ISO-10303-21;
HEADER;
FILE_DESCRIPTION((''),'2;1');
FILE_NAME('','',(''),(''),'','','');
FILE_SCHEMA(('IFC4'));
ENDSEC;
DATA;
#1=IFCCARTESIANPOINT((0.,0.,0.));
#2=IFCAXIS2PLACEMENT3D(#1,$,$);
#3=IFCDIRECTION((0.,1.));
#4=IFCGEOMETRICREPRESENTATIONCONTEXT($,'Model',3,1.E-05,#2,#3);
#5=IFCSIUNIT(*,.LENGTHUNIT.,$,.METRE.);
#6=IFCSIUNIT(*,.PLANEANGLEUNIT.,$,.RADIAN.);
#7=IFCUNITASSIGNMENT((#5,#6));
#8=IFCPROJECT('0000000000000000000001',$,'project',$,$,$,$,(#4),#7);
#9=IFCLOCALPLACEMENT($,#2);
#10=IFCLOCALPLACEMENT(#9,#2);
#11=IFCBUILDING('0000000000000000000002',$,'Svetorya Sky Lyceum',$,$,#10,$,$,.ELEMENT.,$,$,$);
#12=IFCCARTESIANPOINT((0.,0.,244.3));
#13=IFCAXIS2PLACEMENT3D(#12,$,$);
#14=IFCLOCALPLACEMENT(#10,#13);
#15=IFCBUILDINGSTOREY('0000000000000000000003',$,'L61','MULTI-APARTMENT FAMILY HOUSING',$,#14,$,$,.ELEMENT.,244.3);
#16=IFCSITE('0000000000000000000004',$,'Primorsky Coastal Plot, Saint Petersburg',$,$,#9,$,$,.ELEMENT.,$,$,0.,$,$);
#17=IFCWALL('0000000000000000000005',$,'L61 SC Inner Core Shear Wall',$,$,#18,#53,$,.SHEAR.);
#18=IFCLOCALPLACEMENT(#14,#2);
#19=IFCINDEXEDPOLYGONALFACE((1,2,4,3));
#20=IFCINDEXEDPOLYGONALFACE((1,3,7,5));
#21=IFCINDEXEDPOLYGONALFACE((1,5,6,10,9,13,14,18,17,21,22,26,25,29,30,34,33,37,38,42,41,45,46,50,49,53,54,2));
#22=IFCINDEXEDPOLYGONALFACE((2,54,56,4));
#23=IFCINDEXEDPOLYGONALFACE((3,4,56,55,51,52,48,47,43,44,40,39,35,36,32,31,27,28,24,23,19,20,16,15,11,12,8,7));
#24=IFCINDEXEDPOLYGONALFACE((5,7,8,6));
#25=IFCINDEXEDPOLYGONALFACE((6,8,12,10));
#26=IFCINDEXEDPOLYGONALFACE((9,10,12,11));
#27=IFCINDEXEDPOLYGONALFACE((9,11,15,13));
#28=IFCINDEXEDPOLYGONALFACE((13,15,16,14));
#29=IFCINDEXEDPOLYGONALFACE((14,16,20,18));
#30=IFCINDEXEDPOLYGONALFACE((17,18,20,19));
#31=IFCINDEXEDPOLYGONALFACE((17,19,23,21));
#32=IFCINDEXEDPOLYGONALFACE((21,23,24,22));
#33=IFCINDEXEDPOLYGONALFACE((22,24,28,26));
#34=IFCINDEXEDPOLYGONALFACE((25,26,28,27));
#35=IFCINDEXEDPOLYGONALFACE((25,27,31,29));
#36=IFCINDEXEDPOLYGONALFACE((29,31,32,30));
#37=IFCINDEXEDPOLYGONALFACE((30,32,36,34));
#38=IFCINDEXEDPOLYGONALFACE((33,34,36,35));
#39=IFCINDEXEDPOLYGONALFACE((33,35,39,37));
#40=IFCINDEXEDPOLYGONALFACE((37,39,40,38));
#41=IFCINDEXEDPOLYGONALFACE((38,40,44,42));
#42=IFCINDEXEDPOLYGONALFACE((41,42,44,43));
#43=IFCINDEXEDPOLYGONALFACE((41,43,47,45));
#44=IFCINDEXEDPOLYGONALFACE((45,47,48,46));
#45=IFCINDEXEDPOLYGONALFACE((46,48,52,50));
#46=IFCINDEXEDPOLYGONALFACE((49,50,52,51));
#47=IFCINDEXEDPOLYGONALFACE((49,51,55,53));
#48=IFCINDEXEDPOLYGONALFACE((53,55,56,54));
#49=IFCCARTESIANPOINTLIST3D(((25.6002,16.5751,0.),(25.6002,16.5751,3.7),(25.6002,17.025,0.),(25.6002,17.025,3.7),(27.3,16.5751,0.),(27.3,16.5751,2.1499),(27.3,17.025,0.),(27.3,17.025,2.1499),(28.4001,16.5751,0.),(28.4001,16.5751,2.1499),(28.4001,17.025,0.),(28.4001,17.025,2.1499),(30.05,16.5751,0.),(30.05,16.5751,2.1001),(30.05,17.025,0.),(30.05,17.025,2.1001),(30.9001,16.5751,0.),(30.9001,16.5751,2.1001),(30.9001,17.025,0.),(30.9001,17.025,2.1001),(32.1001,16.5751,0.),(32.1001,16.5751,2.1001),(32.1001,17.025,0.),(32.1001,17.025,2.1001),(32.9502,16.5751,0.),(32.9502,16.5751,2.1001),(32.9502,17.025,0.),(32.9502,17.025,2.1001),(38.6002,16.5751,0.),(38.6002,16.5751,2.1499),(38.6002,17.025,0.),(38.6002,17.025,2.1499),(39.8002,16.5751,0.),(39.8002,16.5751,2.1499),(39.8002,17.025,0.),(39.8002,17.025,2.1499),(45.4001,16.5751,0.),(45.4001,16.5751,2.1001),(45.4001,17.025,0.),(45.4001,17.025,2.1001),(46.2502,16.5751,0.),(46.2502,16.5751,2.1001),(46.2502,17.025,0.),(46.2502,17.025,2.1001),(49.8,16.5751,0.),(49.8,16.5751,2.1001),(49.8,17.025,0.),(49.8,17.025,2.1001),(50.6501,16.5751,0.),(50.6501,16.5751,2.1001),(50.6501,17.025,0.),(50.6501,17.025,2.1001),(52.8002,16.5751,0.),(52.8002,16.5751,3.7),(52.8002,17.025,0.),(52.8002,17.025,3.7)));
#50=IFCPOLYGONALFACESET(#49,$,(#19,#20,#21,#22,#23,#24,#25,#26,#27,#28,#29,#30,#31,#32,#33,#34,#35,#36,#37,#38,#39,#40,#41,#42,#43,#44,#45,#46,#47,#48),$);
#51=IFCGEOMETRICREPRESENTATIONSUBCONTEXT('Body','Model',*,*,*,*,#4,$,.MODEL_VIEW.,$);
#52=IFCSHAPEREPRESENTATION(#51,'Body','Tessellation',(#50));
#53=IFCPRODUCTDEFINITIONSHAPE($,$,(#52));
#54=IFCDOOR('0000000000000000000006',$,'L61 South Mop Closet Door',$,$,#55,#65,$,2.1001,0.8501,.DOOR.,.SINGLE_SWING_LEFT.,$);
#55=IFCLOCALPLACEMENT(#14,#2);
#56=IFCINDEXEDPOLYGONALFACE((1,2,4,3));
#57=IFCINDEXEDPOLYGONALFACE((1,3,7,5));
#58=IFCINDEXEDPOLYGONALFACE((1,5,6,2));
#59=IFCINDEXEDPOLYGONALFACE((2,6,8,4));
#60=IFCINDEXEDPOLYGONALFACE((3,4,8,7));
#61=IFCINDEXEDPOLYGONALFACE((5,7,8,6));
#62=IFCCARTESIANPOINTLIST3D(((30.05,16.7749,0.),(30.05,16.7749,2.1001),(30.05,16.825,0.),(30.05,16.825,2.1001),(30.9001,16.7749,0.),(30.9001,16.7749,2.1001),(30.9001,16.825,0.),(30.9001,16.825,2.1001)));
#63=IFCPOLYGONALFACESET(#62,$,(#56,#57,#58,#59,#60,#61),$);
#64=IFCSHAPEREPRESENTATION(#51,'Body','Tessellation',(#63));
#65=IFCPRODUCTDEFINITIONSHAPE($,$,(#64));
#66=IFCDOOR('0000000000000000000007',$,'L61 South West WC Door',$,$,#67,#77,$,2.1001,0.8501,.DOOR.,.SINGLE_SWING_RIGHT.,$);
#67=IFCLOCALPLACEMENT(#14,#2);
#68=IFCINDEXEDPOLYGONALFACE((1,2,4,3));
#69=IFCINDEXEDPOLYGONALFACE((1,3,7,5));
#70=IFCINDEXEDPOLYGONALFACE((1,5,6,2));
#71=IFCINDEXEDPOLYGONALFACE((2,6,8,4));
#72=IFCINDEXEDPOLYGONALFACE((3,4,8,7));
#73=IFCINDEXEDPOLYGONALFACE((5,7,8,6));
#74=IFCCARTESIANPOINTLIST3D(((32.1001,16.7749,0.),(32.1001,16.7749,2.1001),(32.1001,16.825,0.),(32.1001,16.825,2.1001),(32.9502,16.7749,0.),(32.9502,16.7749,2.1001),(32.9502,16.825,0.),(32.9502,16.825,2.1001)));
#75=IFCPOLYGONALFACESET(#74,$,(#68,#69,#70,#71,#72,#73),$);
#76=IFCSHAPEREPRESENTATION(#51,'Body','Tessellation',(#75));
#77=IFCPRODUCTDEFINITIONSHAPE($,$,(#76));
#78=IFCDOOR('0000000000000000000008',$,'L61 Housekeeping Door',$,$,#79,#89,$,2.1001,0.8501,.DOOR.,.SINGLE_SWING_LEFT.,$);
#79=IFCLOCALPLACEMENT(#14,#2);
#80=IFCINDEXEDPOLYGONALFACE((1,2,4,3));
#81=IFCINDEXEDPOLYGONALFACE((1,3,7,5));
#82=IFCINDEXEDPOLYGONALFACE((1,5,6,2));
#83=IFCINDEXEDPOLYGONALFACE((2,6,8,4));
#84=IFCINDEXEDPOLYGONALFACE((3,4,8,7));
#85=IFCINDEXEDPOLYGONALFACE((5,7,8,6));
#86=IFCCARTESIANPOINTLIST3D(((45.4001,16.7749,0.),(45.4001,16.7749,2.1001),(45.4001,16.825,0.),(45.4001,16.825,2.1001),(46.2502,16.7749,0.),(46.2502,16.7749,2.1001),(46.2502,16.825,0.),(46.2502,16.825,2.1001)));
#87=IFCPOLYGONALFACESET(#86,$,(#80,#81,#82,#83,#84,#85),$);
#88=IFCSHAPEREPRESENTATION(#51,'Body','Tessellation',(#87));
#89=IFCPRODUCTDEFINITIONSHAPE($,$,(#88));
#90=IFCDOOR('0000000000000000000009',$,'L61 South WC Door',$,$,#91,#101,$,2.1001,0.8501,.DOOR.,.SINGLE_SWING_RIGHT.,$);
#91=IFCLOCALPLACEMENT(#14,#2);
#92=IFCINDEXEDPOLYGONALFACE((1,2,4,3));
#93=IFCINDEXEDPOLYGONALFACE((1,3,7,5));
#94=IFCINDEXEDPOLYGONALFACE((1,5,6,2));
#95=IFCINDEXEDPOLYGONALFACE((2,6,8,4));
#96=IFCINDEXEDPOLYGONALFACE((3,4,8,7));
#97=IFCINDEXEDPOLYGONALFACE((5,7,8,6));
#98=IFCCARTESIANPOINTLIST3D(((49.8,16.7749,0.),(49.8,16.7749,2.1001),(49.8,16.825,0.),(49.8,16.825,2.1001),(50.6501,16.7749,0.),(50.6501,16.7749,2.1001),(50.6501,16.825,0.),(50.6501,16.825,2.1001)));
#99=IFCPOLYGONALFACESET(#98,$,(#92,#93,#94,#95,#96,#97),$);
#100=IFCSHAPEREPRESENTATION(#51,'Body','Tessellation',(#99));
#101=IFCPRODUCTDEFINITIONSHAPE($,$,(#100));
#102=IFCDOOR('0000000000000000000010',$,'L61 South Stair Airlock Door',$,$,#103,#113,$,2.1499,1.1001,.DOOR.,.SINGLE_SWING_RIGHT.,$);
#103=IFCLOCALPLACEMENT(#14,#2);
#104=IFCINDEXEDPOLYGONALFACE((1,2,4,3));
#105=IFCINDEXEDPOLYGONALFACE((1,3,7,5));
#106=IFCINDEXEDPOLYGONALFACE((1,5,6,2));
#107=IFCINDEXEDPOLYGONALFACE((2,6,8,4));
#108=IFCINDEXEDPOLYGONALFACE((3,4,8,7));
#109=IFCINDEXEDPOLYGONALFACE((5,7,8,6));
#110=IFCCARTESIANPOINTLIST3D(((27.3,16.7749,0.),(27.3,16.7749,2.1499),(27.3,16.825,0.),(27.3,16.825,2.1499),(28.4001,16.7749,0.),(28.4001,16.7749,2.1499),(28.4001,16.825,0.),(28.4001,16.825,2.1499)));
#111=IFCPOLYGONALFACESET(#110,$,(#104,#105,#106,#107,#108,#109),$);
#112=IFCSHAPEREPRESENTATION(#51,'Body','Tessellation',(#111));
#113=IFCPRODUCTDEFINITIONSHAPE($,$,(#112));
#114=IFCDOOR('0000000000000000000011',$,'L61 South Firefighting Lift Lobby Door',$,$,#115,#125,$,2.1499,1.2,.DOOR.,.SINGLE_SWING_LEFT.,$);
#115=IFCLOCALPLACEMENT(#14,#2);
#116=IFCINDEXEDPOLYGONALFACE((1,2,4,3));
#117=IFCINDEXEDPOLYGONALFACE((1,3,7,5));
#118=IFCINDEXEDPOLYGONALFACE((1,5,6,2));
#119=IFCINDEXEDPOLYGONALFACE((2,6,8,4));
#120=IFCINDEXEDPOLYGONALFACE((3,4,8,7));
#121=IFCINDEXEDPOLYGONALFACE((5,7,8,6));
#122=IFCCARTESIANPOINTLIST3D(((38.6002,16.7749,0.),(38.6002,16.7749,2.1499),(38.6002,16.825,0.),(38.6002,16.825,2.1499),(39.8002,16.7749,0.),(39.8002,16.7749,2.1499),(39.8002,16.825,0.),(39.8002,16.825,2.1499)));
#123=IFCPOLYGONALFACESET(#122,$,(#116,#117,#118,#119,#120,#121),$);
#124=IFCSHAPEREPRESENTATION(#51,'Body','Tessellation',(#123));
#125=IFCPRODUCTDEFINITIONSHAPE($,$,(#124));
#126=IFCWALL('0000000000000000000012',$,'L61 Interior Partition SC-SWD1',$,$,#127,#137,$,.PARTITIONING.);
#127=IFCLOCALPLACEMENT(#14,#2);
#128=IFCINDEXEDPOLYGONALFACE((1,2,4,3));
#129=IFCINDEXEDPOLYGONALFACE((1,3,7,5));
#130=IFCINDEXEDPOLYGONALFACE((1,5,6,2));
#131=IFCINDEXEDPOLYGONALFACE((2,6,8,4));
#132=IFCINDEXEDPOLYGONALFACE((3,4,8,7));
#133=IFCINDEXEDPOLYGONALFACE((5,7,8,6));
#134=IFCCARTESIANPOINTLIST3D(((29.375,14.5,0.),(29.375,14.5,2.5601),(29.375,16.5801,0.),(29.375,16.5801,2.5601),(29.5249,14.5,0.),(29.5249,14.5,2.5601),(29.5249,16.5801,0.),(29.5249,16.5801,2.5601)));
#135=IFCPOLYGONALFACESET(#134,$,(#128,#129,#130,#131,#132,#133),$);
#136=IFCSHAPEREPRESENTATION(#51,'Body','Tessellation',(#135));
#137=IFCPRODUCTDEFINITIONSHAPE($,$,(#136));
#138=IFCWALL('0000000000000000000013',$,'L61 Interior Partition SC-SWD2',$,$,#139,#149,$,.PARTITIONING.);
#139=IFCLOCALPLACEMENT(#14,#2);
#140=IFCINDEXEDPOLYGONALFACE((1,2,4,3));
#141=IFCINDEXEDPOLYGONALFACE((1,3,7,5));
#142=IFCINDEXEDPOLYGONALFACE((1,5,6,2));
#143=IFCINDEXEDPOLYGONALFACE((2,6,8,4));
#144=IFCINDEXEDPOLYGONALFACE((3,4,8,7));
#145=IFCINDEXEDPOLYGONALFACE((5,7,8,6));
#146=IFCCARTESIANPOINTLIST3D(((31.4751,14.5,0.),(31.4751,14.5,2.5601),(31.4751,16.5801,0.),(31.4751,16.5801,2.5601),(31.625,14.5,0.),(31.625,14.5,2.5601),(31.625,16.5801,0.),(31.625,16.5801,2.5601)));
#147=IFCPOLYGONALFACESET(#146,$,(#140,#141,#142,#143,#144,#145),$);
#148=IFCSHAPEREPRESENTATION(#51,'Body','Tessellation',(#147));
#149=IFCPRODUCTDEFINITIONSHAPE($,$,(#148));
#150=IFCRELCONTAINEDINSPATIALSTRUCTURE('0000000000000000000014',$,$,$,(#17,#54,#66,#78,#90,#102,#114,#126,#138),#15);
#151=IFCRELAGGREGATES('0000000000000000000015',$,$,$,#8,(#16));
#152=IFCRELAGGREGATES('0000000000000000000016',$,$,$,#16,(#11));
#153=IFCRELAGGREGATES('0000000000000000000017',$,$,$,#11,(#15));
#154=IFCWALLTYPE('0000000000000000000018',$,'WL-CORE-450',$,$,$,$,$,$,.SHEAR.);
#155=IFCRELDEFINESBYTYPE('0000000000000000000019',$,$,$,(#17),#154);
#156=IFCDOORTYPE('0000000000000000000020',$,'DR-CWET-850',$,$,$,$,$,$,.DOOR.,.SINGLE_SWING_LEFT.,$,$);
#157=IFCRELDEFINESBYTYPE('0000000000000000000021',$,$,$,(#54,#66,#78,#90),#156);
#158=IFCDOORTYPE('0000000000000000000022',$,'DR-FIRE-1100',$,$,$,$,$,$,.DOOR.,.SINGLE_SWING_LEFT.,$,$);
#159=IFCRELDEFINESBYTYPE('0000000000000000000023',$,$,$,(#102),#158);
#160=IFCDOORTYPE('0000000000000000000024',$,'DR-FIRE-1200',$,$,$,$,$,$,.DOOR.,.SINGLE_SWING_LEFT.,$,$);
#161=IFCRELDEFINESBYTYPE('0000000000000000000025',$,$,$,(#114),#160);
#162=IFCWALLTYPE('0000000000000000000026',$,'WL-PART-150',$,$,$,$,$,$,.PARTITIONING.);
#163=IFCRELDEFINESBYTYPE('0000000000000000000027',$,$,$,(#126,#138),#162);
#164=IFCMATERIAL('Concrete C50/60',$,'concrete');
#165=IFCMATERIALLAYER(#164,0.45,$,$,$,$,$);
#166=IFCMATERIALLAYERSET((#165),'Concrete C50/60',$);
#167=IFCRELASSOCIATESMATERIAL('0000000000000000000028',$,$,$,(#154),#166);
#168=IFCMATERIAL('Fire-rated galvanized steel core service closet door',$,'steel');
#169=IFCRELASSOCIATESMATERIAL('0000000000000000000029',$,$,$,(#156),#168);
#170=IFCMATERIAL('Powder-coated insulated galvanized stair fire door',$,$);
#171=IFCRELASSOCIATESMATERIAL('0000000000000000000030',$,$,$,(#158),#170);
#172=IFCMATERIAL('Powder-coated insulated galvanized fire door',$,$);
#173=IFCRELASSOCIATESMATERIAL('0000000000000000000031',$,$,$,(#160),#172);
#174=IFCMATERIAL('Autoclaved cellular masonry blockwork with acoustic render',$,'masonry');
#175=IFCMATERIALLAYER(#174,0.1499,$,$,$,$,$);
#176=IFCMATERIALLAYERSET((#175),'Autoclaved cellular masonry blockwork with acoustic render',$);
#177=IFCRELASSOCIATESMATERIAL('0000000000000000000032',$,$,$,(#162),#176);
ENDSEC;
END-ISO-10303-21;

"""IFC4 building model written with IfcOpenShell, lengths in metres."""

from ifc_helpers import new_model, si_unit, direction, frame, frame_2d, origin, place, context, subcontext, project, spatial, rectangle, extrude, material, layer, layer_set, type_object, element, fill, save


model = new_model("IFC4")

# Units and contexts
model_context = context("Model", 3, precision=1e-05, world=origin(), true_north=direction((0.0, 1.0)))
body_context = subcontext(model_context, "Body", "Model", "MODEL_VIEW")
ifc_project = project(units=[si_unit("LENGTHUNIT", "METRE"), si_unit("PLANEANGLEUNIT", "RADIAN")], contexts=[model_context])

# Site, building, storey
site_placement = place(None, origin())
site = spatial("IfcSite", under=ifc_project, at=site_placement, Name="Primorsky Coastal Plot, Saint Petersburg", CompositionType="ELEMENT", RefElevation=0.0)
building_placement = place(site_placement, origin())
building = spatial("IfcBuilding", under=site, at=building_placement, Name="Svetorya Sky Lyceum", CompositionType="ELEMENT")
storey_placement = place(building_placement, frame((0.0, 0.0, 244.3)))
storey = spatial("IfcBuildingStorey", under=building, at=storey_placement, Name="L61", Description="MULTI-APARTMENT FAMILY HOUSING", CompositionType="ELEMENT", Elevation=244.3)

# Shared definitions
ifc_material_1 = material(Name="Concrete C50/60", Category="concrete")

# Wall, openings, doors
ifc_layer_1 = layer(ifc_material_1, 0.45)
ifc_layer_set_1 = layer_set([ifc_layer_1], Name="Concrete C50/60")
wall_type_1 = type_object("IfcWallType", Name="WL-CORE-450", PredefinedType="SHEAR", material=ifc_layer_set_1)
wall_1_placement = place(storey_placement, frame((25.6001, 16.8, 0.0), z_axis=(0.0, 0.0, 1.0), x_axis=(1.0, 0.0, 0.0)))
wall_1 = element("IfcWall", 1, at=wall_1_placement, inside=storey, type_object=wall_type_1, Name="L61 SC Inner Core Shear Wall", PredefinedType="SHEAR", context=body_context, shape_type="SweptSolid", body=[
    extrude(rectangle(XDim=27.2, YDim=0.45, at=frame_2d((13.6001, 0.0))), origin(), (0.0, 0.0, 1.0), 3.7),
])
opening_1_placement = place(wall_1_placement, frame((1.7, 0.0, 0.0)))
opening_1 = element("IfcOpeningElement", 2, at=opening_1_placement, cuts=wall_1, PredefinedType="OPENING", context=body_context, shape_type="SweptSolid", body=[
    extrude(rectangle(XDim=1.1001, YDim=2.1499, at=frame_2d((0.55, 1.075))), frame((0.0, 0.2349, 0.0), z_axis=(0.0, -1.0, 0.0), x_axis=(1.0, 0.0, 0.0)), (0.0, 0.0, 1.0), 0.47),
])
opening_2_placement = place(wall_1_placement, frame((4.45, 0.0, 0.0)))
opening_2 = element("IfcOpeningElement", 3, at=opening_2_placement, cuts=wall_1, PredefinedType="OPENING", context=body_context, shape_type="SweptSolid", body=[
    extrude(rectangle(XDim=0.8501, YDim=2.1001, at=frame_2d((0.425, 1.05))), frame((0.0, 0.2349, 0.0), z_axis=(0.0, -1.0, 0.0), x_axis=(1.0, 0.0, 0.0)), (0.0, 0.0, 1.0), 0.47),
])
opening_3_placement = place(wall_1_placement, frame((6.5, 0.0, 0.0)))
opening_3 = element("IfcOpeningElement", 4, at=opening_3_placement, cuts=wall_1, PredefinedType="OPENING", context=body_context, shape_type="SweptSolid", body=[
    extrude(rectangle(XDim=0.8501, YDim=2.1001, at=frame_2d((0.425, 1.05))), frame((0.0, 0.2349, 0.0), z_axis=(0.0, -1.0, 0.0), x_axis=(1.0, 0.0, 0.0)), (0.0, 0.0, 1.0), 0.47),
])
opening_4_placement = place(wall_1_placement, frame((13.0, 0.0, 0.0)))
opening_4 = element("IfcOpeningElement", 5, at=opening_4_placement, cuts=wall_1, PredefinedType="OPENING", context=body_context, shape_type="SweptSolid", body=[
    extrude(rectangle(XDim=1.2, YDim=2.1499, at=frame_2d((0.6001, 1.075))), frame((0.0, 0.2349, 0.0), z_axis=(0.0, -1.0, 0.0), x_axis=(1.0, 0.0, 0.0)), (0.0, 0.0, 1.0), 0.47),
])
opening_5_placement = place(wall_1_placement, frame((19.8, 0.0, 0.0)))
opening_5 = element("IfcOpeningElement", 6, at=opening_5_placement, cuts=wall_1, PredefinedType="OPENING", context=body_context, shape_type="SweptSolid", body=[
    extrude(rectangle(XDim=0.8501, YDim=2.1001, at=frame_2d((0.425, 1.05))), frame((0.0, 0.2349, 0.0), z_axis=(0.0, -1.0, 0.0), x_axis=(1.0, 0.0, 0.0)), (0.0, 0.0, 1.0), 0.47),
])
opening_6_placement = place(wall_1_placement, frame((24.2, 0.0, 0.0)))
opening_6 = element("IfcOpeningElement", 7, at=opening_6_placement, cuts=wall_1, PredefinedType="OPENING", context=body_context, shape_type="SweptSolid", body=[
    extrude(rectangle(XDim=0.8501, YDim=2.1001, at=frame_2d((0.425, 1.05))), frame((0.0, 0.2349, 0.0), z_axis=(0.0, -1.0, 0.0), x_axis=(1.0, 0.0, 0.0)), (0.0, 0.0, 1.0), 0.47),
])
ifc_material_2 = material(Name="Fire-rated galvanized steel core service closet door", Category="steel")
door_type_1 = type_object("IfcDoorType", Name="DR-CWET-850", OperationType="SINGLE_SWING_LEFT", PredefinedType="DOOR", material=ifc_material_2)
door_1_placement = place(opening_2_placement, origin())
door_1 = element("IfcDoor", 8, at=door_1_placement, inside=storey, type_object=door_type_1, Name="L61 South Mop Closet Door", OperationType="SINGLE_SWING_LEFT", OverallHeight=2.1001, OverallWidth=0.8501, PredefinedType="DOOR", context=body_context, shape_type="SweptSolid", body=[
    extrude(rectangle(XDim=0.8501, YDim=2.1001, at=frame_2d((0.425, 1.05))), frame((0.0, 0.0249, 0.0), z_axis=(0.0, -1.0, 0.0), x_axis=(1.0, 0.0, 0.0)), (0.0, 0.0, 1.0), 0.05),
])
fill(opening_2, door_1)
door_2_placement = place(opening_3_placement, origin())
door_2 = element("IfcDoor", 9, at=door_2_placement, inside=storey, type_object=door_type_1, Name="L61 South West WC Door", OperationType="SINGLE_SWING_RIGHT", OverallHeight=2.1001, OverallWidth=0.8501, PredefinedType="DOOR", context=body_context, shape_type="SweptSolid", body=[
    extrude(rectangle(XDim=0.8501, YDim=2.1001, at=frame_2d((0.425, 1.05))), frame((0.0, 0.0249, 0.0), z_axis=(0.0, -1.0, 0.0), x_axis=(1.0, 0.0, 0.0)), (0.0, 0.0, 1.0), 0.05),
])
fill(opening_3, door_2)
door_3_placement = place(opening_5_placement, origin())
door_3 = element("IfcDoor", 10, at=door_3_placement, inside=storey, type_object=door_type_1, Name="L61 Housekeeping Door", OperationType="SINGLE_SWING_LEFT", OverallHeight=2.1001, OverallWidth=0.8501, PredefinedType="DOOR", context=body_context, shape_type="SweptSolid", body=[
    extrude(rectangle(XDim=0.8501, YDim=2.1001, at=frame_2d((0.425, 1.05))), frame((0.0, 0.0249, 0.0), z_axis=(0.0, -1.0, 0.0), x_axis=(1.0, 0.0, 0.0)), (0.0, 0.0, 1.0), 0.05),
])
fill(opening_5, door_3)
door_4_placement = place(opening_6_placement, origin())
door_4 = element("IfcDoor", 11, at=door_4_placement, inside=storey, type_object=door_type_1, Name="L61 South WC Door", OperationType="SINGLE_SWING_RIGHT", OverallHeight=2.1001, OverallWidth=0.8501, PredefinedType="DOOR", context=body_context, shape_type="SweptSolid", body=[
    extrude(rectangle(XDim=0.8501, YDim=2.1001, at=frame_2d((0.425, 1.05))), frame((0.0, 0.0249, 0.0), z_axis=(0.0, -1.0, 0.0), x_axis=(1.0, 0.0, 0.0)), (0.0, 0.0, 1.0), 0.05),
])
fill(opening_6, door_4)
ifc_material_3 = material(Name="Powder-coated insulated galvanized stair fire door")
door_type_2 = type_object("IfcDoorType", Name="DR-FIRE-1100", OperationType="SINGLE_SWING_LEFT", PredefinedType="DOOR", material=ifc_material_3)
door_5_placement = place(opening_1_placement, origin())
door_5 = element("IfcDoor", 12, at=door_5_placement, inside=storey, type_object=door_type_2, Name="L61 South Stair Airlock Door", OperationType="SINGLE_SWING_RIGHT", OverallHeight=2.1499, OverallWidth=1.1001, PredefinedType="DOOR", context=body_context, shape_type="SweptSolid", body=[
    extrude(rectangle(XDim=1.1001, YDim=2.1499, at=frame_2d((0.55, 1.075))), frame((0.0, 0.0249, 0.0), z_axis=(0.0, -1.0, 0.0), x_axis=(1.0, 0.0, 0.0)), (0.0, 0.0, 1.0), 0.05),
])
fill(opening_1, door_5)
ifc_material_4 = material(Name="Powder-coated insulated galvanized fire door")
door_type_3 = type_object("IfcDoorType", Name="DR-FIRE-1200", OperationType="SINGLE_SWING_LEFT", PredefinedType="DOOR", material=ifc_material_4)
door_6_placement = place(opening_4_placement, origin())
door_6 = element("IfcDoor", 13, at=door_6_placement, inside=storey, type_object=door_type_3, Name="L61 South Firefighting Lift Lobby Door", OperationType="SINGLE_SWING_LEFT", OverallHeight=2.1499, OverallWidth=1.2, PredefinedType="DOOR", context=body_context, shape_type="SweptSolid", body=[
    extrude(rectangle(XDim=1.2, YDim=2.1499, at=frame_2d((0.6001, 1.075))), frame((0.0, 0.0249, 0.0), z_axis=(0.0, -1.0, 0.0), x_axis=(1.0, 0.0, 0.0)), (0.0, 0.0, 1.0), 0.05),
])
fill(opening_4, door_6)

# Walls
ifc_material_5 = material(Name="Autoclaved cellular masonry blockwork with acoustic render", Category="masonry")
ifc_layer_2 = layer(ifc_material_5, 0.1499)
ifc_layer_set_2 = layer_set([ifc_layer_2], Name="Autoclaved cellular masonry blockwork with acoustic render")
wall_type_2 = type_object("IfcWallType", Name="WL-PART-150", PredefinedType="PARTITIONING", material=ifc_layer_set_2)
for number, where, z_axis, x_axis, name in (
    (14, (29.45, 14.5, 0.0), (0.0, 0.0, 1.0), (0.0, 1.0, 0.0), "L61 Interior Partition SC-SWD1"),
    (15, (31.55, 14.5, 0.0), (0.0, 0.0, 1.0), (0.0, 1.0, 0.0), "L61 Interior Partition SC-SWD2"),
):
    element("IfcWall", number, at=place(storey_placement, frame(where, z_axis=z_axis, x_axis=x_axis)), inside=storey, type_object=wall_type_2, Name=name, PredefinedType="PARTITIONING", context=body_context, shape_type="SweptSolid", body=[
        extrude(rectangle(XDim=2.0801, YDim=0.1499, at=frame_2d((1.04, 0.0))), origin(), (0.0, 0.0, 1.0), 2.5601),
    ])

save(model, "model.ifc")
